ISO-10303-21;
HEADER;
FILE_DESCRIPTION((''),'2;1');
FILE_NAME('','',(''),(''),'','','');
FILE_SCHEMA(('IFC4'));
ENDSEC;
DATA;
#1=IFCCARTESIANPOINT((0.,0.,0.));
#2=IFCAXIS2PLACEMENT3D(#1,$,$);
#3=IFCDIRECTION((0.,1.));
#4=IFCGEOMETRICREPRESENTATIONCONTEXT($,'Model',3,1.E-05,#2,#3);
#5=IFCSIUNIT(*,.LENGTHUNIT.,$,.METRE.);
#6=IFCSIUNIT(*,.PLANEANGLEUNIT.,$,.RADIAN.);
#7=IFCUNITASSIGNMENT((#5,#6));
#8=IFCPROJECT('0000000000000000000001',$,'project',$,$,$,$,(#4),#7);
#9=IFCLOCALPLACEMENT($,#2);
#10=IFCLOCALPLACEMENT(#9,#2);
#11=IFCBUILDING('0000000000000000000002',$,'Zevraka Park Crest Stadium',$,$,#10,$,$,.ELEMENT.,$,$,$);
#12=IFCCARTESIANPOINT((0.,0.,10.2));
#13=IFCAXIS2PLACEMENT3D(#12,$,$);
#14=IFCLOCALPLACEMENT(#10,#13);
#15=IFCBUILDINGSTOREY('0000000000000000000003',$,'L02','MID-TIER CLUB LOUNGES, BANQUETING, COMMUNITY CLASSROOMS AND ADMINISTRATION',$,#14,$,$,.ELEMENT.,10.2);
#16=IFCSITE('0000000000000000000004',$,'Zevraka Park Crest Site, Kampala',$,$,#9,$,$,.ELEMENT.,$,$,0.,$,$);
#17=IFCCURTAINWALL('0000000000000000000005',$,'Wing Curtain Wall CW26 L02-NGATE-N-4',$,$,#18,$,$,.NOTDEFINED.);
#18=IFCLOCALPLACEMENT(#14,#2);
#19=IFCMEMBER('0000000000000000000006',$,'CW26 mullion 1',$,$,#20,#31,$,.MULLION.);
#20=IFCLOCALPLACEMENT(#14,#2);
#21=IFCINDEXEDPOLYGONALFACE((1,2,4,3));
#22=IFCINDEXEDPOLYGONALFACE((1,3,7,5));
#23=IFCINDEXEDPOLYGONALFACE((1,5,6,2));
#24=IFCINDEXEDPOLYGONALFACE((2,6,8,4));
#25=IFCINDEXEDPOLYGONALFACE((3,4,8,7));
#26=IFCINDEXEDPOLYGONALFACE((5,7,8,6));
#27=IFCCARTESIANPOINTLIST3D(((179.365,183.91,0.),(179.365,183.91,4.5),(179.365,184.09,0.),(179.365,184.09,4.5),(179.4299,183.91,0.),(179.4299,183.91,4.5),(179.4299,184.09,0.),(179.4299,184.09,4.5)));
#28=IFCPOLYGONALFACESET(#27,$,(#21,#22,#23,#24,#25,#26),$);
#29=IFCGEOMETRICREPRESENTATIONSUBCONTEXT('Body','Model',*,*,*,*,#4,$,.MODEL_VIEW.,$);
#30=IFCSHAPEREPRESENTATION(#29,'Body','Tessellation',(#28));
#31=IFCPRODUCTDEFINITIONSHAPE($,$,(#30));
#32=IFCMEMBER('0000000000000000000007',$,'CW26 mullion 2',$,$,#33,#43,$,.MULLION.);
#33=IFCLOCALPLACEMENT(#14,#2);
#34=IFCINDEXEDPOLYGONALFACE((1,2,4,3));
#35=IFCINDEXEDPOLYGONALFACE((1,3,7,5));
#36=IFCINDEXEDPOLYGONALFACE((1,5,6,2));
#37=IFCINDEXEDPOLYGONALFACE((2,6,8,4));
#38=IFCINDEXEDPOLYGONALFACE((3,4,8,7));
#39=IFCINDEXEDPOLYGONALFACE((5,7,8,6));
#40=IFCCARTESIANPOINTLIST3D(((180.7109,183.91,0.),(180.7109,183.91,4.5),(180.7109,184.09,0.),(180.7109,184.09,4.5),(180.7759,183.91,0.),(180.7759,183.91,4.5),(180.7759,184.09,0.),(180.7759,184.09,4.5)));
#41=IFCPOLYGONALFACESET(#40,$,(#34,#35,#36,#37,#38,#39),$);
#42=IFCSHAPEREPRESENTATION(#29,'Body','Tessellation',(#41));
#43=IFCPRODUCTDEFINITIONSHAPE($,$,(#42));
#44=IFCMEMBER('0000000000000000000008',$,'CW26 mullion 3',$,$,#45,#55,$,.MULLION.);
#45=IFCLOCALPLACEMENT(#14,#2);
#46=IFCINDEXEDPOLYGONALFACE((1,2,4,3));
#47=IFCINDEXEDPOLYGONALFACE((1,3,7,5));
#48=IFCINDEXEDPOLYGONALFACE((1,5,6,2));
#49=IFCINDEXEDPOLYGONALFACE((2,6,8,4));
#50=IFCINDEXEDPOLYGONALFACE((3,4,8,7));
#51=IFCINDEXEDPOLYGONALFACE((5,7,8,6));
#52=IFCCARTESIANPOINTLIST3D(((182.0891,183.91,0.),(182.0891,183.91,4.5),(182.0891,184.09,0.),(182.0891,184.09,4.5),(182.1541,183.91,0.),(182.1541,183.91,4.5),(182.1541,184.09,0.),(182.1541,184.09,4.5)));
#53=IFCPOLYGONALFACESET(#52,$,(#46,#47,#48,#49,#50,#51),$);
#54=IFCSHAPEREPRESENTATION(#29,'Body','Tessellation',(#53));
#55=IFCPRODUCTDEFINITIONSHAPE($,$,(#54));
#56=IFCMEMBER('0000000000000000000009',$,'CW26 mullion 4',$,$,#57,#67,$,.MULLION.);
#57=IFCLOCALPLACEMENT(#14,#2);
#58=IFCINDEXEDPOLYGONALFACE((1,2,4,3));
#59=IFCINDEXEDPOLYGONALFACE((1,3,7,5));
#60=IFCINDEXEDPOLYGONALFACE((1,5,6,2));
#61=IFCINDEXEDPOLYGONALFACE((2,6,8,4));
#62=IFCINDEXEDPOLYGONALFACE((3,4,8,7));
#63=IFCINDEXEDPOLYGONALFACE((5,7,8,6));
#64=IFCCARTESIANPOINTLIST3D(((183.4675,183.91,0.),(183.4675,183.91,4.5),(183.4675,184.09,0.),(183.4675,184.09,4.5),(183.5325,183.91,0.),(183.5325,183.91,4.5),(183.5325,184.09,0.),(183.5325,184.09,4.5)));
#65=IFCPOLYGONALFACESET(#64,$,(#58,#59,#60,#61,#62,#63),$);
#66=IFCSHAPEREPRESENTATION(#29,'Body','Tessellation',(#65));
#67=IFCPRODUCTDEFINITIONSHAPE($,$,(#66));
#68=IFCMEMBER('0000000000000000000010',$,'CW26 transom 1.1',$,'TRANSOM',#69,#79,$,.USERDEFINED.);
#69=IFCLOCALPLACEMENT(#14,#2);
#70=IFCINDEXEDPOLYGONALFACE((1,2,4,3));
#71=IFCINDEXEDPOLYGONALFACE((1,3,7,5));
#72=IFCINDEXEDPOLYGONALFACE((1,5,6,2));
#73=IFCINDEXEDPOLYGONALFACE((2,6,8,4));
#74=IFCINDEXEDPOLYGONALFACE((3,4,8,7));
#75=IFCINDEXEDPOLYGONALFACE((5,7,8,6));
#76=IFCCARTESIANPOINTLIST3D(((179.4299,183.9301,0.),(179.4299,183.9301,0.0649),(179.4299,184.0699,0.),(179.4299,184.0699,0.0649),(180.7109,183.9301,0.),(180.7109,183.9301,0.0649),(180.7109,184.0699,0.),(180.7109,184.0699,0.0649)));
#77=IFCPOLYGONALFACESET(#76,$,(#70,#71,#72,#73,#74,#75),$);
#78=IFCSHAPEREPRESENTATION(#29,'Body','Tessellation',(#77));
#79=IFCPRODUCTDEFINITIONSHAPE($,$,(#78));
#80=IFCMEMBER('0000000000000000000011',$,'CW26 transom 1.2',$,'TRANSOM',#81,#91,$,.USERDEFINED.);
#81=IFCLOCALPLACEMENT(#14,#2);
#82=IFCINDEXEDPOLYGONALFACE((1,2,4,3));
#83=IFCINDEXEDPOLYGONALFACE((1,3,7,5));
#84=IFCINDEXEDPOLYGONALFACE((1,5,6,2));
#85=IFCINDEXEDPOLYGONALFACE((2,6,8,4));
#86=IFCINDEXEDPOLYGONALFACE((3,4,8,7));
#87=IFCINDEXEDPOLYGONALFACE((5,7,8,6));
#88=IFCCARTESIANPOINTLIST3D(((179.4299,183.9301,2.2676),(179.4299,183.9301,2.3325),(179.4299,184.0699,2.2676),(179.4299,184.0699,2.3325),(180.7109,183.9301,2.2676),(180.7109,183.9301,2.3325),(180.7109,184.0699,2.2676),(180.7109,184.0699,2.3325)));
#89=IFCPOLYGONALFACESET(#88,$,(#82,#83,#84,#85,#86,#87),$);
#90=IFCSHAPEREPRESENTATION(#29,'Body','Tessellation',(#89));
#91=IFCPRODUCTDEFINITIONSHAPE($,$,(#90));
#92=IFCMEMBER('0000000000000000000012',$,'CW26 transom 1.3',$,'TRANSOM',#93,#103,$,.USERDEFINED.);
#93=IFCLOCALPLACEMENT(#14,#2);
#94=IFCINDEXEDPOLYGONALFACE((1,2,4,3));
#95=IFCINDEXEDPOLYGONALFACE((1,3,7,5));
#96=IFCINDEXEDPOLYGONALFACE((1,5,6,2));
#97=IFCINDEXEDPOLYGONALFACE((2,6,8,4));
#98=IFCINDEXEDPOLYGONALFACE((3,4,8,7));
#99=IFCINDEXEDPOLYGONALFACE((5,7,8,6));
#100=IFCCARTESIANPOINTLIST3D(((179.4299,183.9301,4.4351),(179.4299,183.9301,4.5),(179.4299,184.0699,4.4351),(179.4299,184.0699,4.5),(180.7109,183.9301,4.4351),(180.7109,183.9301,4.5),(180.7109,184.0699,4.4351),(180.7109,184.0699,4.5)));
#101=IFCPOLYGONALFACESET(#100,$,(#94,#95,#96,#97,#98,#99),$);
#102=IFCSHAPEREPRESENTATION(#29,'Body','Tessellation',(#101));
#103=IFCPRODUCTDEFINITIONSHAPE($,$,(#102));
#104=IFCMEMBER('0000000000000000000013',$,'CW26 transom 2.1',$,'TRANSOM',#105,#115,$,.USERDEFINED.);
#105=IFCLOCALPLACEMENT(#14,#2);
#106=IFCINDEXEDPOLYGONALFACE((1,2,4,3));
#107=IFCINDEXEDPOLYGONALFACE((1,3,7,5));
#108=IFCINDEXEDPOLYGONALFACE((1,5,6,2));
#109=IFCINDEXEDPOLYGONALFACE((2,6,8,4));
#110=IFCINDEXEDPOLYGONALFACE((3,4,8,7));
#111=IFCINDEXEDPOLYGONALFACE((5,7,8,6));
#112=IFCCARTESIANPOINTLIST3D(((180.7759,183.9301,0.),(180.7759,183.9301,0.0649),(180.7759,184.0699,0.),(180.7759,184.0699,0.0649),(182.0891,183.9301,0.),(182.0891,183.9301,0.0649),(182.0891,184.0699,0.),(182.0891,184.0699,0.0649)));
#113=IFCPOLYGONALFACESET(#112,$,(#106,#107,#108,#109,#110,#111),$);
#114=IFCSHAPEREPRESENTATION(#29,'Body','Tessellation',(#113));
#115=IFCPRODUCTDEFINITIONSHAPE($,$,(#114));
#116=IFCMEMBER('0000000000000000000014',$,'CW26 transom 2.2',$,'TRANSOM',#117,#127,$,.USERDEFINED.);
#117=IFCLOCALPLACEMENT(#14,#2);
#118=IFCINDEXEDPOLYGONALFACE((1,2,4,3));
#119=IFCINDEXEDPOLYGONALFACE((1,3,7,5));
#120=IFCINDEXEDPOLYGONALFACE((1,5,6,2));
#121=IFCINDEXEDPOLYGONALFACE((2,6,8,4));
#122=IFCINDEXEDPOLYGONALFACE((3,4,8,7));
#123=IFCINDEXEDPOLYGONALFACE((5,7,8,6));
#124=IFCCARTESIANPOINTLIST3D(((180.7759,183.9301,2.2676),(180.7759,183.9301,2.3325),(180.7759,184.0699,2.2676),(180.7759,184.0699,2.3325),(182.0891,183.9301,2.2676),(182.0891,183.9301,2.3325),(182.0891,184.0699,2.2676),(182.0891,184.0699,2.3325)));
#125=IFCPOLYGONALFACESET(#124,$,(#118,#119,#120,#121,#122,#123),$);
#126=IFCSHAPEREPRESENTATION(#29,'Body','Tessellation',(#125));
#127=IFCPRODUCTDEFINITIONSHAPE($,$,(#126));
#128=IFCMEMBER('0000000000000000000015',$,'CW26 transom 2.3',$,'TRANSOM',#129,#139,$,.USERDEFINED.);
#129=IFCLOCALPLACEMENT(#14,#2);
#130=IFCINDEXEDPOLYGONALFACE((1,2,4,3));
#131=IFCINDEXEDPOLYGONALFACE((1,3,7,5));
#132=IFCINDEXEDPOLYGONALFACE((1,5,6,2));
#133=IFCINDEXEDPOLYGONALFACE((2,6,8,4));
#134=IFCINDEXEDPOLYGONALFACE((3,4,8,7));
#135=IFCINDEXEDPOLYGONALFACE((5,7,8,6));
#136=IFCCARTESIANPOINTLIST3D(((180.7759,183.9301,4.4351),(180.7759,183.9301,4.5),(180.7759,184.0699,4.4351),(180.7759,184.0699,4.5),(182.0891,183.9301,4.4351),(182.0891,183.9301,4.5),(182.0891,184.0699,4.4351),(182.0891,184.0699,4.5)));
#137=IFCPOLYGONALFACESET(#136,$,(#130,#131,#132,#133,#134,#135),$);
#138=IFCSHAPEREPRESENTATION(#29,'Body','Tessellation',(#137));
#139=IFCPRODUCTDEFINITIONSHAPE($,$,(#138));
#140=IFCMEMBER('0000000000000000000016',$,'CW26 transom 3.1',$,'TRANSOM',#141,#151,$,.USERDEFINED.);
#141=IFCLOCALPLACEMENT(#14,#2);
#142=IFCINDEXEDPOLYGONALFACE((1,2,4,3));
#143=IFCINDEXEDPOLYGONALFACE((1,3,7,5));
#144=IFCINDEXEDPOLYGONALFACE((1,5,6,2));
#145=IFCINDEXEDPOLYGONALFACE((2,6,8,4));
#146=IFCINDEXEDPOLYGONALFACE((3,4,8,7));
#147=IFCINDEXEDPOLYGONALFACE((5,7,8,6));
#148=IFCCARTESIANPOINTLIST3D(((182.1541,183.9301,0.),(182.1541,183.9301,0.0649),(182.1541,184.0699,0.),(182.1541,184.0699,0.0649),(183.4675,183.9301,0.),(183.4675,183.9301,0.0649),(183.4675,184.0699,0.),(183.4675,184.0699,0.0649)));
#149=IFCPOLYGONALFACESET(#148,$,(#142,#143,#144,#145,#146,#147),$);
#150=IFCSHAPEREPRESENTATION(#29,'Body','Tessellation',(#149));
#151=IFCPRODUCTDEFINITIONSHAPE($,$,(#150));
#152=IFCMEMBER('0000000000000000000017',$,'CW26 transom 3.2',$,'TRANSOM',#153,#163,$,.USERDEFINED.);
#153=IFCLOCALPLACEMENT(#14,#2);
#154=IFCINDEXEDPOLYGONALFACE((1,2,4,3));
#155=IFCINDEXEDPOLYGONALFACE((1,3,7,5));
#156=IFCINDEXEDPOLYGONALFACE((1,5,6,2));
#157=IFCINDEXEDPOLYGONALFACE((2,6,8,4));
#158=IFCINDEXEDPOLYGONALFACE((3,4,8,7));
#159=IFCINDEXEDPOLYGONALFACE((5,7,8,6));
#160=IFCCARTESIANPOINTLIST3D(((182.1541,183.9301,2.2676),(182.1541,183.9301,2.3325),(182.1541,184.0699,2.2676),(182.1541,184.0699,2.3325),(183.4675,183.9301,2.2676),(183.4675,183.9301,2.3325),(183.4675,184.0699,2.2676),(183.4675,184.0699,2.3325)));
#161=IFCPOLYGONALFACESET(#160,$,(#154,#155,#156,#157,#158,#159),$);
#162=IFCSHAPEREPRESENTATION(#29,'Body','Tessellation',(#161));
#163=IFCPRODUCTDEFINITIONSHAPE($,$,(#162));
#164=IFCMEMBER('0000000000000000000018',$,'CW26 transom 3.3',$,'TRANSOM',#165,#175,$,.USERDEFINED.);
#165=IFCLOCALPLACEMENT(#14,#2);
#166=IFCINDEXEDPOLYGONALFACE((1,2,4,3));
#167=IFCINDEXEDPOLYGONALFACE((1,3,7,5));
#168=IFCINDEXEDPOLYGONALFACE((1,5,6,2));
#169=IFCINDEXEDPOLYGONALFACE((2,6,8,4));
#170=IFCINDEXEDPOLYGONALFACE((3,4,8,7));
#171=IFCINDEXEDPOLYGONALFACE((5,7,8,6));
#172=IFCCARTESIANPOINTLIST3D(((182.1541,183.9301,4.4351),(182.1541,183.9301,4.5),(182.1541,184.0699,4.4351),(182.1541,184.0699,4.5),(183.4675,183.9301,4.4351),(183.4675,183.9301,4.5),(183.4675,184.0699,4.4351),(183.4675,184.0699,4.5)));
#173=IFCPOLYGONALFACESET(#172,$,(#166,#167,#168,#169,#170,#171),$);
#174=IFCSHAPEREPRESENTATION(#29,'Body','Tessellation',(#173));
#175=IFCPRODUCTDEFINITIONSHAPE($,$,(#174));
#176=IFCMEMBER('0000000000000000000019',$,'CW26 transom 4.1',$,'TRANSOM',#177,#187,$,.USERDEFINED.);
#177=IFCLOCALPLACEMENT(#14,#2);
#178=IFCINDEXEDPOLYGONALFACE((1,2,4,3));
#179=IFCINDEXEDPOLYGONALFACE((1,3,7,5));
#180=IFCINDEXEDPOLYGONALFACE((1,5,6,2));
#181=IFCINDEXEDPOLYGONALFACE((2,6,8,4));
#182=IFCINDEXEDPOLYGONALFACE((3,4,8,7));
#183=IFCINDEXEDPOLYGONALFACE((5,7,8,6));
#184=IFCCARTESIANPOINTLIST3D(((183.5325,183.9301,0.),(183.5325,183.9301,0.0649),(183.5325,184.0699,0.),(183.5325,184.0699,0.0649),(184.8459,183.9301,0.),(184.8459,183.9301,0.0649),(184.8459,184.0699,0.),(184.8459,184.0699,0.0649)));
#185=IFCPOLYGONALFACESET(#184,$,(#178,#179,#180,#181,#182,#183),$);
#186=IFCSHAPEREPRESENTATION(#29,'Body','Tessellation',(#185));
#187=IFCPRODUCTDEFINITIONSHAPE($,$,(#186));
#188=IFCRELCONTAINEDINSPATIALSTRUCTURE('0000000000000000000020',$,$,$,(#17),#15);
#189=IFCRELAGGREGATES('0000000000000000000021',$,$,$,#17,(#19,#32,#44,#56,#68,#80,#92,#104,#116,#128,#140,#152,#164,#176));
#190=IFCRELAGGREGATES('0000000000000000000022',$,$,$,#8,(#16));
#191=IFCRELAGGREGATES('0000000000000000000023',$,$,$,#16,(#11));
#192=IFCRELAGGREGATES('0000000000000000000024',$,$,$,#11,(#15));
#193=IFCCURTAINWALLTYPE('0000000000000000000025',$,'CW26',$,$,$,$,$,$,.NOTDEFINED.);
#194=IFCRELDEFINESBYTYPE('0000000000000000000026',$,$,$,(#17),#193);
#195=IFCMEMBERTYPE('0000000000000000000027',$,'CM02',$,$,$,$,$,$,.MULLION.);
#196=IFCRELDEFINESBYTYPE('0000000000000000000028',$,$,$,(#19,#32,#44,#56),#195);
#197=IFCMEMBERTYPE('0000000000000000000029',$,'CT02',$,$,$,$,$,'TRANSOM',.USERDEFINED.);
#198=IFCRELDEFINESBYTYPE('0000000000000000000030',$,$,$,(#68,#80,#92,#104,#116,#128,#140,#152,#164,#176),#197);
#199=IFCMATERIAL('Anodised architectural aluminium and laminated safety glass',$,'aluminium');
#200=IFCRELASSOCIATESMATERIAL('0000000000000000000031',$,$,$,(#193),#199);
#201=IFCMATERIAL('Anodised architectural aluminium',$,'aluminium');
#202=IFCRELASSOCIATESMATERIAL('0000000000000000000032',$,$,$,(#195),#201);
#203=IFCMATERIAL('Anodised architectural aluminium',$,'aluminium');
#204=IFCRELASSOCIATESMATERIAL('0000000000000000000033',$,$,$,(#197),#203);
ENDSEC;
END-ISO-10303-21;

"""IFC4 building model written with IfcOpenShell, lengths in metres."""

from ifc_helpers import new_model, si_unit, direction, frame, origin, origin_2d, place, context, subcontext, project, spatial, rectangle, extrude, material, material_profile, profile_set, type_object, element, aggregate, save


model = new_model("IFC4")

# Units and contexts
model_context = context("Model", 3, precision=1e-05, world=origin(), true_north=direction((0.0, 1.0)))
body_context = subcontext(model_context, "Body", "Model", "MODEL_VIEW")
ifc_project = project(units=[si_unit("LENGTHUNIT", "METRE"), si_unit("PLANEANGLEUNIT", "RADIAN")], contexts=[model_context])

# Site, building, storey
site_placement = place(None, origin())
site = spatial("IfcSite", under=ifc_project, at=site_placement, Name="Zevraka Park Crest Site, Kampala", CompositionType="ELEMENT", RefElevation=0.0)
building_placement = place(site_placement, origin())
building = spatial("IfcBuilding", under=site, at=building_placement, Name="Zevraka Park Crest Stadium", CompositionType="ELEMENT")
storey_placement = place(building_placement, frame((0.0, 0.0, 10.2)))
storey = spatial("IfcBuildingStorey", under=building, at=storey_placement, Name="L02", Description="MID-TIER CLUB LOUNGES, BANQUETING, COMMUNITY CLASSROOMS AND ADMINISTRATION", CompositionType="ELEMENT", Elevation=10.2)

# Curtain wall, members
ifc_material_1 = material(Name="Anodised architectural aluminium and laminated safety glass", Category="aluminium")
curtain_wall_type = type_object("IfcCurtainWallType", Name="CW26", PredefinedType="NOTDEFINED", material=ifc_material_1)
curtain_wall_placement = place(storey_placement, origin())
curtain_wall = element("IfcCurtainWall", 1, at=curtain_wall_placement, inside=storey, type_object=curtain_wall_type, Name="Wing Curtain Wall CW26 L02-NGATE-N-4", PredefinedType="NOTDEFINED")
ifc_material_2 = material(Name="Anodised architectural aluminium", Category="aluminium")
ifc_material_profile_1 = material_profile(ifc_material_2, rectangle(XDim=0.1799, YDim=0.0649, at=origin_2d()), Name="ALU MULLION 180x65")
ifc_profile_set_1 = profile_set([ifc_material_profile_1], Name="Anodised architectural aluminium")
member_type_1 = type_object("IfcMemberType", Name="CM02", PredefinedType="MULLION", material=ifc_profile_set_1)
member_1_placement = place(storey_placement, frame((179.3975, 184.0, 0.0), z_axis=(0.0, 0.0, 1.0), x_axis=(0.0, 1.0, 0.0)))
member_1 = element("IfcMember", 2, at=member_1_placement, type_object=member_type_1, Name="CW26 mullion 1", PredefinedType="MULLION", context=body_context, shape_type="SweptSolid", body=[
    extrude(rectangle(XDim=0.1799, YDim=0.0649, at=origin_2d()), origin(), (0.0, 0.0, 1.0), 4.5),
])
member_2_placement = place(storey_placement, frame((180.7434, 184.0, 0.0), z_axis=(0.0, 0.0, 1.0), x_axis=(0.0, 1.0, 0.0)))
member_2 = element("IfcMember", 3, at=member_2_placement, type_object=member_type_1, Name="CW26 mullion 2", PredefinedType="MULLION", context=body_context, shape_type="SweptSolid", body=[
    extrude(rectangle(XDim=0.1799, YDim=0.0649, at=origin_2d()), origin(), (0.0, 0.0, 1.0), 4.5),
])
member_3_placement = place(storey_placement, frame((182.1216, 184.0, 0.0), z_axis=(0.0, 0.0, 1.0), x_axis=(0.0, 1.0, 0.0)))
member_3 = element("IfcMember", 4, at=member_3_placement, type_object=member_type_1, Name="CW26 mullion 3", PredefinedType="MULLION", context=body_context, shape_type="SweptSolid", body=[
    extrude(rectangle(XDim=0.1799, YDim=0.0649, at=origin_2d()), origin(), (0.0, 0.0, 1.0), 4.5),
])
member_4_placement = place(storey_placement, frame((183.5, 184.0, 0.0), z_axis=(0.0, 0.0, 1.0), x_axis=(0.0, 1.0, 0.0)))
member_4 = element("IfcMember", 5, at=member_4_placement, type_object=member_type_1, Name="CW26 mullion 4", PredefinedType="MULLION", context=body_context, shape_type="SweptSolid", body=[
    extrude(rectangle(XDim=0.1799, YDim=0.0649, at=origin_2d()), origin(), (0.0, 0.0, 1.0), 4.5),
])
ifc_material_3 = material(Name="Anodised architectural aluminium", Category="aluminium")
ifc_material_profile_2 = material_profile(ifc_material_3, rectangle(XDim=0.1399, YDim=0.0649, at=origin_2d()), Name="ALU TRANSOM 140x65")
ifc_profile_set_2 = profile_set([ifc_material_profile_2], Name="Anodised architectural aluminium")
member_type_2 = type_object("IfcMemberType", Name="CT02", ElementType="TRANSOM", PredefinedType="USERDEFINED", material=ifc_profile_set_2)
member_5_placement = place(storey_placement, frame((179.4299, 184.0, 0.0325), z_axis=(1.0, 0.0, 0.0), x_axis=(0.0, 1.0, 0.0)))
member_5 = element("IfcMember", 6, at=member_5_placement, type_object=member_type_2, Name="CW26 transom 1.1", ObjectType="TRANSOM", PredefinedType="USERDEFINED", context=body_context, shape_type="SweptSolid", body=[
    extrude(rectangle(XDim=0.1399, YDim=0.0649, at=origin_2d()), origin(), (0.0, 0.0, 1.0), 1.281),
])
member_6_placement = place(storey_placement, frame((179.4299, 184.0, 2.3), z_axis=(1.0, 0.0, 0.0), x_axis=(0.0, 1.0, 0.0)))
member_6 = element("IfcMember", 7, at=member_6_placement, type_object=member_type_2, Name="CW26 transom 1.2", ObjectType="TRANSOM", PredefinedType="USERDEFINED", context=body_context, shape_type="SweptSolid", body=[
    extrude(rectangle(XDim=0.1399, YDim=0.0649, at=origin_2d()), origin(), (0.0, 0.0, 1.0), 1.281),
])
member_7_placement = place(storey_placement, frame((179.4299, 184.0, 4.4675), z_axis=(1.0, 0.0, 0.0), x_axis=(0.0, 1.0, 0.0)))
member_7 = element("IfcMember", 8, at=member_7_placement, type_object=member_type_2, Name="CW26 transom 1.3", ObjectType="TRANSOM", PredefinedType="USERDEFINED", context=body_context, shape_type="SweptSolid", body=[
    extrude(rectangle(XDim=0.1399, YDim=0.0649, at=origin_2d()), origin(), (0.0, 0.0, 1.0), 1.281),
])
member_8_placement = place(storey_placement, frame((180.7759, 184.0, 0.0325), z_axis=(1.0, 0.0, 0.0), x_axis=(0.0, 1.0, 0.0)))
member_8 = element("IfcMember", 9, at=member_8_placement, type_object=member_type_2, Name="CW26 transom 2.1", ObjectType="TRANSOM", PredefinedType="USERDEFINED", context=body_context, shape_type="SweptSolid", body=[
    extrude(rectangle(XDim=0.1399, YDim=0.0649, at=origin_2d()), origin(), (0.0, 0.0, 1.0), 1.3132),
])
member_9_placement = place(storey_placement, frame((180.7759, 184.0, 2.3), z_axis=(1.0, 0.0, 0.0), x_axis=(0.0, 1.0, 0.0)))
member_9 = element("IfcMember", 10, at=member_9_placement, type_object=member_type_2, Name="CW26 transom 2.2", ObjectType="TRANSOM", PredefinedType="USERDEFINED", context=body_context, shape_type="SweptSolid", body=[
    extrude(rectangle(XDim=0.1399, YDim=0.0649, at=origin_2d()), origin(), (0.0, 0.0, 1.0), 1.3132),
])
member_10_placement = place(storey_placement, frame((180.7759, 184.0, 4.4675), z_axis=(1.0, 0.0, 0.0), x_axis=(0.0, 1.0, 0.0)))
member_10 = element("IfcMember", 11, at=member_10_placement, type_object=member_type_2, Name="CW26 transom 2.3", ObjectType="TRANSOM", PredefinedType="USERDEFINED", context=body_context, shape_type="SweptSolid", body=[
    extrude(rectangle(XDim=0.1399, YDim=0.0649, at=origin_2d()), origin(), (0.0, 0.0, 1.0), 1.3132),
])
member_11_placement = place(storey_placement, frame((182.1541, 184.0, 0.0325), z_axis=(1.0, 0.0, 0.0), x_axis=(0.0, 1.0, 0.0)))
member_11 = element("IfcMember", 12, at=member_11_placement, type_object=member_type_2, Name="CW26 transom 3.1", ObjectType="TRANSOM", PredefinedType="USERDEFINED", context=body_context, shape_type="SweptSolid", body=[
    extrude(rectangle(XDim=0.1399, YDim=0.0649, at=origin_2d()), origin(), (0.0, 0.0, 1.0), 1.3135),
])
member_12_placement = place(storey_placement, frame((182.1541, 184.0, 2.3), z_axis=(1.0, 0.0, 0.0), x_axis=(0.0, 1.0, 0.0)))
member_12 = element("IfcMember", 13, at=member_12_placement, type_object=member_type_2, Name="CW26 transom 3.2", ObjectType="TRANSOM", PredefinedType="USERDEFINED", context=body_context, shape_type="SweptSolid", body=[
    extrude(rectangle(XDim=0.1399, YDim=0.0649, at=origin_2d()), origin(), (0.0, 0.0, 1.0), 1.3135),
])
member_13_placement = place(storey_placement, frame((182.1541, 184.0, 4.4675), z_axis=(1.0, 0.0, 0.0), x_axis=(0.0, 1.0, 0.0)))
member_13 = element("IfcMember", 14, at=member_13_placement, type_object=member_type_2, Name="CW26 transom 3.3", ObjectType="TRANSOM", PredefinedType="USERDEFINED", context=body_context, shape_type="SweptSolid", body=[
    extrude(rectangle(XDim=0.1399, YDim=0.0649, at=origin_2d()), origin(), (0.0, 0.0, 1.0), 1.3135),
])
member_14_placement = place(storey_placement, frame((183.5325, 184.0, 0.0325), z_axis=(1.0, 0.0, 0.0), x_axis=(0.0, 1.0, 0.0)))
member_14 = element("IfcMember", 15, at=member_14_placement, type_object=member_type_2, Name="CW26 transom 4.1", ObjectType="TRANSOM", PredefinedType="USERDEFINED", context=body_context, shape_type="SweptSolid", body=[
    extrude(rectangle(XDim=0.1399, YDim=0.0649, at=origin_2d()), origin(), (0.0, 0.0, 1.0), 1.3135),
])
aggregate(curtain_wall, [member_1, member_2, member_3, member_4, member_5, member_6, member_7, member_8, member_9, member_10, member_11, member_12, member_13, member_14])

save(model, "model.ifc")
